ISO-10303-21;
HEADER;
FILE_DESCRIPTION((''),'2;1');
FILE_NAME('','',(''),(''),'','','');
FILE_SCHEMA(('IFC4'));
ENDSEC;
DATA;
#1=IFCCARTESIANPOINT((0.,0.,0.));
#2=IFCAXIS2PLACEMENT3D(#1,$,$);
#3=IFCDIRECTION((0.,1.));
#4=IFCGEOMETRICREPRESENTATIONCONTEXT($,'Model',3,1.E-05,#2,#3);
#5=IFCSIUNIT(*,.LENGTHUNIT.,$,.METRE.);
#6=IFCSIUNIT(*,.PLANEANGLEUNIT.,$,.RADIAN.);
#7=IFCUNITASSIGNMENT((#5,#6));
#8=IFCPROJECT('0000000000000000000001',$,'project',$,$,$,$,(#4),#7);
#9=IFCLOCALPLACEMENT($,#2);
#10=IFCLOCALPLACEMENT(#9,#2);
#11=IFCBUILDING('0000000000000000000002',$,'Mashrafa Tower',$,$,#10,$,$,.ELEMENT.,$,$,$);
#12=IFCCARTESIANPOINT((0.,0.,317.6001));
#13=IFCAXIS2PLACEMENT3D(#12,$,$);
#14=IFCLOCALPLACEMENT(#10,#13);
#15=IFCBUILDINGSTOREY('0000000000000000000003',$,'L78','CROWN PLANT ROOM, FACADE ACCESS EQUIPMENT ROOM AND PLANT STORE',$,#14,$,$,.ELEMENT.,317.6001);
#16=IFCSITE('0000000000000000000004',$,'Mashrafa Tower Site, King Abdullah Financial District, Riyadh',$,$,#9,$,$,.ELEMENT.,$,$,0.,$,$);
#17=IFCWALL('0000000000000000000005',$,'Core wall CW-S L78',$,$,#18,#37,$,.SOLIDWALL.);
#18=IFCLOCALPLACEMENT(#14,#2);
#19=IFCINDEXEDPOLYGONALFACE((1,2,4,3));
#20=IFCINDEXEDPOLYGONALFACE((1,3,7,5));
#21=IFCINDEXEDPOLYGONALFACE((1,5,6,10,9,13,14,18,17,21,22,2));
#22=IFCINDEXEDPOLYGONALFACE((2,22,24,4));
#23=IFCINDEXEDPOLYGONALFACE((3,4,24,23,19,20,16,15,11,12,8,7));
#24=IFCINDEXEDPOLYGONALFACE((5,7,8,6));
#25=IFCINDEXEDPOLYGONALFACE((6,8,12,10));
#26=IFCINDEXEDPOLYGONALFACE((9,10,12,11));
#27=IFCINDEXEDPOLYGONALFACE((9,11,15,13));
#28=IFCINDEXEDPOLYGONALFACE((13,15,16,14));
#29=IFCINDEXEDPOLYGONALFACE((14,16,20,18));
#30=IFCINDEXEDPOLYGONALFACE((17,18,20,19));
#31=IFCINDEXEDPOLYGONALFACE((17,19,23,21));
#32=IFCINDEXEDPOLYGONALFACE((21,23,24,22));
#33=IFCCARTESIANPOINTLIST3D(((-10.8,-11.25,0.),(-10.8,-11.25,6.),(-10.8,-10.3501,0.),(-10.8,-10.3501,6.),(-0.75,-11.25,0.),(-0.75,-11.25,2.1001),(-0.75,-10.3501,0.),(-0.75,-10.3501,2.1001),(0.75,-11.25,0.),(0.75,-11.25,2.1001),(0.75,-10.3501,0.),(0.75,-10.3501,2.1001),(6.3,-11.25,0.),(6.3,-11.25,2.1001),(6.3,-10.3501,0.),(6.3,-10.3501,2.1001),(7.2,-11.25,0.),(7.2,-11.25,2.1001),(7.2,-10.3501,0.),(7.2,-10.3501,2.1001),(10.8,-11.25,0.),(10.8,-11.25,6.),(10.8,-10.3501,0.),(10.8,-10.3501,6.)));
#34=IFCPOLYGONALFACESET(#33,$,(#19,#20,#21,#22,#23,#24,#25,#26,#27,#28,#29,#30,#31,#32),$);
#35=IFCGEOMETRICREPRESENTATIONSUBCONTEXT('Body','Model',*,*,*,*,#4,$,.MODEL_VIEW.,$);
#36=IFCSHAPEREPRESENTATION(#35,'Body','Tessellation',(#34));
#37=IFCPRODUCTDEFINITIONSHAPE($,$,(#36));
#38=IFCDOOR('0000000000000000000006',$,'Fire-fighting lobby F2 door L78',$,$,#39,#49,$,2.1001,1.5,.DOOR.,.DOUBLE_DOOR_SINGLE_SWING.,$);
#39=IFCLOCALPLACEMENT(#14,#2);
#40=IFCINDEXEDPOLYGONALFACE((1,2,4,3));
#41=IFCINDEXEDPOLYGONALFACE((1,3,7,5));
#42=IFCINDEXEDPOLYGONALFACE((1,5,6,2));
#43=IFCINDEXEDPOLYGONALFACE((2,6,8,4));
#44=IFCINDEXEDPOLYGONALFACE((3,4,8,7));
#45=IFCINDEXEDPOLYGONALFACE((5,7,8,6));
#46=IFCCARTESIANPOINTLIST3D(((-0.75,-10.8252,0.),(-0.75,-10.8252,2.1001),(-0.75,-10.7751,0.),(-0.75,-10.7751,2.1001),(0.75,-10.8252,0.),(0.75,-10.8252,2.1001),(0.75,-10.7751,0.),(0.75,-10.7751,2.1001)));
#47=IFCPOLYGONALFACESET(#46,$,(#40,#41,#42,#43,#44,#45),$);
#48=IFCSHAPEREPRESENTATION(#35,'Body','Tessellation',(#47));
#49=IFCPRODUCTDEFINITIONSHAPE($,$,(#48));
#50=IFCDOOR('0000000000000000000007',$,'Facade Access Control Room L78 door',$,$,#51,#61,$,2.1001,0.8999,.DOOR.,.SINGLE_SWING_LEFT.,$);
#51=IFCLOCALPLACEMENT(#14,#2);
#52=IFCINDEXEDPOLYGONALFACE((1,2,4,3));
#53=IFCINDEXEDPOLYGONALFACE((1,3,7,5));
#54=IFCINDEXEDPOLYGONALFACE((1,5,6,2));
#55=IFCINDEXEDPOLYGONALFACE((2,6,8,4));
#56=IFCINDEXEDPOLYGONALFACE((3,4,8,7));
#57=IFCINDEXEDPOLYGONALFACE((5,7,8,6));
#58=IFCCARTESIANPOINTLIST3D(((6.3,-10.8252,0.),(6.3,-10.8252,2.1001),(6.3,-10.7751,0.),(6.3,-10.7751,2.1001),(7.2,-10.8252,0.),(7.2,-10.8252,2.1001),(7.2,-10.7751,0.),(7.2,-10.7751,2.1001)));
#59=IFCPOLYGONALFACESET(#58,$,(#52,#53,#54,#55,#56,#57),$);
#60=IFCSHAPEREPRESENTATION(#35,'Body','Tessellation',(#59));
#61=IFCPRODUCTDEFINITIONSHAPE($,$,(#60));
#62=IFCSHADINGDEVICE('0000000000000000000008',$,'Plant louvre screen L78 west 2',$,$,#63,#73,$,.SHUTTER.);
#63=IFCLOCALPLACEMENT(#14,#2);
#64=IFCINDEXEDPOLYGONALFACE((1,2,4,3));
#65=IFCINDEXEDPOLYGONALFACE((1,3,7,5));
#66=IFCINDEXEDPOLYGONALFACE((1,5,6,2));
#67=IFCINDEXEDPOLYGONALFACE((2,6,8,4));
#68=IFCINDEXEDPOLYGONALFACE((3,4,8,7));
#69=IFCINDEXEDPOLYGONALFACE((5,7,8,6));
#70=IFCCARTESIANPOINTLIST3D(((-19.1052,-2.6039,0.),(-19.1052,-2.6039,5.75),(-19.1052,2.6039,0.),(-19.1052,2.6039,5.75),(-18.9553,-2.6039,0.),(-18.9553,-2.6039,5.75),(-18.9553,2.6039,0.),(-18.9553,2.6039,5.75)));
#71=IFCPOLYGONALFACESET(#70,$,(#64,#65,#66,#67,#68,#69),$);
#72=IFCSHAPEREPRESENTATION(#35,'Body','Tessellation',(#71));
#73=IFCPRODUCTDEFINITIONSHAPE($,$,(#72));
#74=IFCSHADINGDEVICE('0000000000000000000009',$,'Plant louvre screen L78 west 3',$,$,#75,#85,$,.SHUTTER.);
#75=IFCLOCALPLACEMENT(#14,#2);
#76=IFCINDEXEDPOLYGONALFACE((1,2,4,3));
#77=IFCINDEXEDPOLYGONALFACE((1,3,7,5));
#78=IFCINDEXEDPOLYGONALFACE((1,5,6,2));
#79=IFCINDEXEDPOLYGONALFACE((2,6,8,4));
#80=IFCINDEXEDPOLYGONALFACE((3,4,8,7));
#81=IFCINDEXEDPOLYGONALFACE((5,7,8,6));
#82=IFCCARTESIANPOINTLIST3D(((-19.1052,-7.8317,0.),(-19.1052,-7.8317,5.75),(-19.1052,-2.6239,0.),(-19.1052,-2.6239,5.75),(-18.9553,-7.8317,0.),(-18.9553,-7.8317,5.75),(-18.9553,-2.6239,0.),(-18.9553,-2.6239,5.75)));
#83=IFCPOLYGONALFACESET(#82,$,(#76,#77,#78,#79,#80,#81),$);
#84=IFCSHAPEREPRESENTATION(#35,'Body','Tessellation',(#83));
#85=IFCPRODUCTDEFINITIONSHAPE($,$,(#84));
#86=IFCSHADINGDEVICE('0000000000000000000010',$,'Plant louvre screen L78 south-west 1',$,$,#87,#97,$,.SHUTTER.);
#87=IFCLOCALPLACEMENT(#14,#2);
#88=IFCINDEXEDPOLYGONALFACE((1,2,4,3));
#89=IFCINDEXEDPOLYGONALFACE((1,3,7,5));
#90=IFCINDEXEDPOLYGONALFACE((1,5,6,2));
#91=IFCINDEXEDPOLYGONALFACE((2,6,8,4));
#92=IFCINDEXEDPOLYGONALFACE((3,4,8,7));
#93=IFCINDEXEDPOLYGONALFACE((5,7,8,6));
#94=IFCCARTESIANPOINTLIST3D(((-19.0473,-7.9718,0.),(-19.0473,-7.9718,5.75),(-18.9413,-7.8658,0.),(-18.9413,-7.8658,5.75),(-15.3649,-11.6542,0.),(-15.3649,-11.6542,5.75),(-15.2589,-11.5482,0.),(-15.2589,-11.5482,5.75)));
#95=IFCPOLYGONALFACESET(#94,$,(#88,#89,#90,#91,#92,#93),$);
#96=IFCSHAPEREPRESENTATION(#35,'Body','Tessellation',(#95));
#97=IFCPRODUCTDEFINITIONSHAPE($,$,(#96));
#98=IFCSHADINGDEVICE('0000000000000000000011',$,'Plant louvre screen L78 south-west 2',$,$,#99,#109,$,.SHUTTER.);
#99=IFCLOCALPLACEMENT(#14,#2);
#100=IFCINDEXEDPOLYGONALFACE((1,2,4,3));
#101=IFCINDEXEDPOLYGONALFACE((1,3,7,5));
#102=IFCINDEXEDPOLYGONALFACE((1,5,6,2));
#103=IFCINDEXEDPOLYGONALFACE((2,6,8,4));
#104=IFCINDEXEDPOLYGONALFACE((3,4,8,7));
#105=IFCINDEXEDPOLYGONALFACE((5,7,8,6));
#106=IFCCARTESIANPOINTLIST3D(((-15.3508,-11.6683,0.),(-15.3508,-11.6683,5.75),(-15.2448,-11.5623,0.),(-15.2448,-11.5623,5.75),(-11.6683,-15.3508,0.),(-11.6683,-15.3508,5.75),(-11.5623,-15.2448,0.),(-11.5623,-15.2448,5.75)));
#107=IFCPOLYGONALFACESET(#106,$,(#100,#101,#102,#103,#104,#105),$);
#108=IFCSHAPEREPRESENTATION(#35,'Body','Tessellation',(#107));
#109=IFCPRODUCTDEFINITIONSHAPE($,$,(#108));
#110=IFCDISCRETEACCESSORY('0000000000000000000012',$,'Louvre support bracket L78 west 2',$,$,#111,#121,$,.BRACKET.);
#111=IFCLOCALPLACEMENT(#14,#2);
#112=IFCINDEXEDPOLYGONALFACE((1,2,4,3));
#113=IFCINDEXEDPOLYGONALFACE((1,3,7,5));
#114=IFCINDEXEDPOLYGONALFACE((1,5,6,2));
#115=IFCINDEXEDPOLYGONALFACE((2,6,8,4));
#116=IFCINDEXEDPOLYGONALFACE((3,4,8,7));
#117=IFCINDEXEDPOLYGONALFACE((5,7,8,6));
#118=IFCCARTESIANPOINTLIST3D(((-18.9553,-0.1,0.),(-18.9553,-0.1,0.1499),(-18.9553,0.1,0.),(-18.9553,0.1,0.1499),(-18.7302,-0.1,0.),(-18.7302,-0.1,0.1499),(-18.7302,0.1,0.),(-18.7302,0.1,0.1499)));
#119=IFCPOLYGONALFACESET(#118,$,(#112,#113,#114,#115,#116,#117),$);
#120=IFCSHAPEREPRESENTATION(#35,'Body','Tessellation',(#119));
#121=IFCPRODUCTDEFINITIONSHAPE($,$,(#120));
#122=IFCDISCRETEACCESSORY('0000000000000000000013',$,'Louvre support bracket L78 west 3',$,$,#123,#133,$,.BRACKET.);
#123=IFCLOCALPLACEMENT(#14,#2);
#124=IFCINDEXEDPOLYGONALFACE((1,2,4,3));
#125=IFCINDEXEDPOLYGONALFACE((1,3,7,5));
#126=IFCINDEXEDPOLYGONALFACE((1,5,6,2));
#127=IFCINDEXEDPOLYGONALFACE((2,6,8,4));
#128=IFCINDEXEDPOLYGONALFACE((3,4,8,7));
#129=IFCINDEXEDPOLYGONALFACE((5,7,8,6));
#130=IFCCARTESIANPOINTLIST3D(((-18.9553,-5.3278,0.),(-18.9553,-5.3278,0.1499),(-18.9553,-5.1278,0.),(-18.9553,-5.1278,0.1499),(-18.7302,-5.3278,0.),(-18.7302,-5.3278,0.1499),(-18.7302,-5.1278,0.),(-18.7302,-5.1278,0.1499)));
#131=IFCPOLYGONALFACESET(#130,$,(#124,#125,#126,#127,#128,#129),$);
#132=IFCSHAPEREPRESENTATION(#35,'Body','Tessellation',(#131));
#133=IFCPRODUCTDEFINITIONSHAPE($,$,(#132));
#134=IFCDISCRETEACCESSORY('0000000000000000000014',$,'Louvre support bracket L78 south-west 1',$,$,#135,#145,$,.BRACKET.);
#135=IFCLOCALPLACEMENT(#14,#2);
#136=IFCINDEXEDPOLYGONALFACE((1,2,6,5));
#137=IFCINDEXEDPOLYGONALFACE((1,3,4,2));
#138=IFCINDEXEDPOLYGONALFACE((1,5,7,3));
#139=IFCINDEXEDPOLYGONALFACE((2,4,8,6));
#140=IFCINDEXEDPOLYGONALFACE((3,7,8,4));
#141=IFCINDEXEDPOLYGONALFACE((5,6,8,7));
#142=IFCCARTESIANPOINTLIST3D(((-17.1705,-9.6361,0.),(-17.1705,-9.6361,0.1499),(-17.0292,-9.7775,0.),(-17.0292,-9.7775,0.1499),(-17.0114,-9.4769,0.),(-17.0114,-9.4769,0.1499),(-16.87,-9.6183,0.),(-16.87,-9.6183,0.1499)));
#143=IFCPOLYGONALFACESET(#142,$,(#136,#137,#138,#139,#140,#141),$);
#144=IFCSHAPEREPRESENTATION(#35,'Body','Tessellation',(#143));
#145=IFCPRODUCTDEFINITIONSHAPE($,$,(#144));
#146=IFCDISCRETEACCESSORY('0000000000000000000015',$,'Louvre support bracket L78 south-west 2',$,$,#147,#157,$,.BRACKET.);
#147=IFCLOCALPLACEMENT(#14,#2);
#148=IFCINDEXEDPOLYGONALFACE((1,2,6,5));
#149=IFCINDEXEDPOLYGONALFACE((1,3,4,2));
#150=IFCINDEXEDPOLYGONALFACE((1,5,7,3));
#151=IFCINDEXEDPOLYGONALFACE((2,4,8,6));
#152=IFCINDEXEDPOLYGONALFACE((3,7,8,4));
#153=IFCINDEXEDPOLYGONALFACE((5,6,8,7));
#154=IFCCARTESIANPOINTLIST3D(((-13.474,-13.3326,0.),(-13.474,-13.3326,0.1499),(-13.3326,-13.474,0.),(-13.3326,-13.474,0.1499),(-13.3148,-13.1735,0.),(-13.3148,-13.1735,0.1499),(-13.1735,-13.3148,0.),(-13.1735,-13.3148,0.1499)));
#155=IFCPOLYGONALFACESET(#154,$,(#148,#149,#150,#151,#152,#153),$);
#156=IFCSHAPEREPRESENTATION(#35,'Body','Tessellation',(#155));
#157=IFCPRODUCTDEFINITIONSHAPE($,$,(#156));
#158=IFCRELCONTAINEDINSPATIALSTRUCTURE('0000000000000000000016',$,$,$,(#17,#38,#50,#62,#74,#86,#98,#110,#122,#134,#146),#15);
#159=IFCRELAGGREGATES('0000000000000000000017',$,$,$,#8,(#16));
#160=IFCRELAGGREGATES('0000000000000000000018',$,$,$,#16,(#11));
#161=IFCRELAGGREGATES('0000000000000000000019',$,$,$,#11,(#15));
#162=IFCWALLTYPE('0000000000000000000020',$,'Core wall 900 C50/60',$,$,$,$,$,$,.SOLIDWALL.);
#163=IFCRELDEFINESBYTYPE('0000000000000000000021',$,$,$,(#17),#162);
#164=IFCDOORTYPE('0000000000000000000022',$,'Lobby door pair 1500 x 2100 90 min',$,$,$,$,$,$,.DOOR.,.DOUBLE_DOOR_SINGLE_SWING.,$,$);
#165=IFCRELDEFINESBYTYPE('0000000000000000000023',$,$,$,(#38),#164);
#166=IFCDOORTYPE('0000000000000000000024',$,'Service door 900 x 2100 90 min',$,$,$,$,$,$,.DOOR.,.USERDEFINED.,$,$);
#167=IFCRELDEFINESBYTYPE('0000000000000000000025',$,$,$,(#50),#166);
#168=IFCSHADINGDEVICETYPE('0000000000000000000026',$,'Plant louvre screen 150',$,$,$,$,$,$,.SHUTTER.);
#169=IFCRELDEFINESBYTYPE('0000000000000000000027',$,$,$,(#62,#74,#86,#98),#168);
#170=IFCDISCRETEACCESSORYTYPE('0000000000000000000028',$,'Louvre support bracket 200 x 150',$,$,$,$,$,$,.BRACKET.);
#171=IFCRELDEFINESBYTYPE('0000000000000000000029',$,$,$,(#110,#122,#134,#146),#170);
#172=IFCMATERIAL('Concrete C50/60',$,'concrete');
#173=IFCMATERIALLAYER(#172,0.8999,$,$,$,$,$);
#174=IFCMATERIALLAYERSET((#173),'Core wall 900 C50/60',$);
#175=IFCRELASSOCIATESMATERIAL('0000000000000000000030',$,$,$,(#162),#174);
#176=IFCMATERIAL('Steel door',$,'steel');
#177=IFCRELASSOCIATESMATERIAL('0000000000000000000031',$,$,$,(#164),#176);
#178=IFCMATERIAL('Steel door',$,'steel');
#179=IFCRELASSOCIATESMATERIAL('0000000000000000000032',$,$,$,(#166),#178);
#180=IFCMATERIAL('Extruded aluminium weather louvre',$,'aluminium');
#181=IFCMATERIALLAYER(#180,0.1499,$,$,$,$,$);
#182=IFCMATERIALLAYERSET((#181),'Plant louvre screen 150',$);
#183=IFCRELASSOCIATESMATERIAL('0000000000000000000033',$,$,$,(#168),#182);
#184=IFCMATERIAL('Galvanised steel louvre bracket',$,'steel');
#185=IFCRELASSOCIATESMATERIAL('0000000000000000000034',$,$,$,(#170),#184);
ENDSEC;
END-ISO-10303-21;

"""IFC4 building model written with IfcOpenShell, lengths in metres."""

from ifc_helpers import new_model, si_unit, direction, frame, frame_2d, origin, origin_2d, place, context, subcontext, project, spatial, rectangle, extrude, source, transform, mapped, material, layer, layer_set, type_object, type_shapes, element, fill, save


model = new_model("IFC4")

# Units and contexts
model_context = context("Model", 3, precision=1e-05, world=origin(), true_north=direction((0.0, 1.0)))
body_context = subcontext(model_context, "Body", "Model", "MODEL_VIEW")
ifc_project = project(units=[si_unit("LENGTHUNIT", "METRE"), si_unit("PLANEANGLEUNIT", "RADIAN")], contexts=[model_context])

# Site, building, storey
site_placement = place(None, origin())
site = spatial("IfcSite", under=ifc_project, at=site_placement, Name="Mashrafa Tower Site, King Abdullah Financial District, Riyadh", CompositionType="ELEMENT", RefElevation=0.0)
building_placement = place(site_placement, origin())
building = spatial("IfcBuilding", under=site, at=building_placement, Name="Mashrafa Tower", CompositionType="ELEMENT")
storey_placement = place(building_placement, frame((0.0, 0.0, 317.6001)))
storey = spatial("IfcBuildingStorey", under=building, at=storey_placement, Name="L78", Description="CROWN PLANT ROOM, FACADE ACCESS EQUIPMENT ROOM AND PLANT STORE", CompositionType="ELEMENT", Elevation=317.6001)

# Wall, openings, doors
ifc_material_1 = material(Name="Concrete C50/60", Category="concrete")
ifc_layer_1 = layer(ifc_material_1, 0.8999)
ifc_layer_set_1 = layer_set([ifc_layer_1], Name="Core wall 900 C50/60")
wall_type_1 = type_object("IfcWallType", Name="Core wall 900 C50/60", PredefinedType="SOLIDWALL", material=ifc_layer_set_1)
wall_1_placement = place(storey_placement, frame((-10.8, -10.8, 0.0), z_axis=(0.0, 0.0, 1.0), x_axis=(1.0, 0.0, 0.0)))
wall_1 = element("IfcWall", 1, at=wall_1_placement, inside=storey, type_object=wall_type_1, Name="Core wall CW-S L78", PredefinedType="SOLIDWALL", context=body_context, shape_type="SweptSolid", body=[
    extrude(rectangle(XDim=21.6001, YDim=0.8999, at=frame_2d((10.8, 0.0))), origin(), (0.0, 0.0, 1.0), 6.0),
])
opening_1_placement = place(wall_1_placement, frame((10.05, 0.0, 0.0)))
opening_1 = element("IfcOpeningElement", 2, at=opening_1_placement, cuts=wall_1, PredefinedType="OPENING", context=body_context, shape_type="SweptSolid", body=[
    extrude(rectangle(XDim=1.5, YDim=2.1001, at=frame_2d((0.75, 1.05))), frame((0.0, 0.46, 0.0), z_axis=(0.0, -1.0, 0.0), x_axis=(1.0, 0.0, 0.0)), (0.0, 0.0, 1.0), 0.9199),
])
opening_2_placement = place(wall_1_placement, frame((17.1001, 0.0, 0.0)))
opening_2 = element("IfcOpeningElement", 3, at=opening_2_placement, cuts=wall_1, PredefinedType="OPENING", context=body_context, shape_type="SweptSolid", body=[
    extrude(rectangle(XDim=0.8999, YDim=2.1001, at=frame_2d((0.45, 1.05))), frame((0.0, 0.46, 0.0), z_axis=(0.0, -1.0, 0.0), x_axis=(1.0, 0.0, 0.0)), (0.0, 0.0, 1.0), 0.9199),
])
ifc_material_2 = material(Name="Steel door", Category="steel")
door_type_1 = type_object("IfcDoorType", Name="Lobby door pair 1500 x 2100 90 min", OperationType="DOUBLE_DOOR_SINGLE_SWING", PredefinedType="DOOR", material=ifc_material_2)
door_1_placement = place(opening_1_placement, origin())
door_1 = element("IfcDoor", 4, at=door_1_placement, inside=storey, type_object=door_type_1, Name="Fire-fighting lobby F2 door L78", OperationType="DOUBLE_DOOR_SINGLE_SWING", OverallHeight=2.1001, OverallWidth=1.5, PredefinedType="DOOR", context=body_context, shape_type="SweptSolid", body=[
    extrude(rectangle(XDim=1.5, YDim=2.1001, at=frame_2d((0.75, 1.05))), frame((0.0, 0.0249, 0.0), z_axis=(0.0, -1.0, 0.0), x_axis=(1.0, 0.0, 0.0)), (0.0, 0.0, 1.0), 0.05),
])
fill(opening_1, door_1)
ifc_material_3 = material(Name="Steel door", Category="steel")
door_type_2 = type_object("IfcDoorType", Name="Service door 900 x 2100 90 min", OperationType="USERDEFINED", PredefinedType="DOOR", material=ifc_material_3)
door_2_placement = place(opening_2_placement, origin())
door_2 = element("IfcDoor", 5, at=door_2_placement, inside=storey, type_object=door_type_2, Name="Facade Access Control Room L78 door", OperationType="SINGLE_SWING_LEFT", OverallHeight=2.1001, OverallWidth=0.8999, PredefinedType="DOOR", context=body_context, shape_type="SweptSolid", body=[
    extrude(rectangle(XDim=0.8999, YDim=2.1001, at=frame_2d((0.45, 1.05))), frame((0.0, 0.0249, 0.0), z_axis=(0.0, -1.0, 0.0), x_axis=(1.0, 0.0, 0.0)), (0.0, 0.0, 1.0), 0.05),
])
fill(opening_2, door_2)

# Shading devices
ifc_material_4 = material(Name="Extruded aluminium weather louvre", Category="aluminium")
ifc_layer_2 = layer(ifc_material_4, 0.1499)
ifc_layer_set_2 = layer_set([ifc_layer_2], Name="Plant louvre screen 150")
shading_device_type = type_object("IfcShadingDeviceType", Name="Plant louvre screen 150", PredefinedType="SHUTTER", material=ifc_layer_set_2)
shared_shape_1 = source(origin(), body_context, "Body", "SweptSolid", [
    extrude(rectangle(XDim=5.2078, YDim=0.1499, at=origin_2d()), origin(), (0.0, 0.0, 1.0), 5.75),
])
type_shapes(shading_device_type, [shared_shape_1])
for number, where, z_axis, x_axis, name in (
    (6, (-19.0303, 0.0, 0.0), (0.0, 0.0, 1.0), (0.0, -1.0, 0.0), "Plant louvre screen L78 west 2"),
    (7, (-19.0303, -5.2278, 0.0), (0.0, 0.0, 1.0), (0.0, -1.0, 0.0), "Plant louvre screen L78 west 3"),
    (8, (-17.1531, -9.76, 0.0), (0.0, 0.0, 1.0), (0.707107, -0.707107, 0.0), "Plant louvre screen L78 south-west 1"),
    (9, (-13.4565, -13.4565, 0.0), (0.0, 0.0, 1.0), (0.707107, -0.707107, 0.0), "Plant louvre screen L78 south-west 2"),
):
    element("IfcShadingDevice", number, at=place(storey_placement, frame(where, z_axis=z_axis, x_axis=x_axis)), inside=storey, type_object=shading_device_type, Name=name, PredefinedType="SHUTTER", context=body_context, shape_type="MappedRepresentation", body=[
        mapped(shared_shape_1, transform((0.0, 0.0, 0.0))),
    ])

# Discrete accessories
ifc_material_5 = material(Name="Galvanised steel louvre bracket", Category="steel")
discrete_accessory_type = type_object("IfcDiscreteAccessoryType", Name="Louvre support bracket 200 x 150", PredefinedType="BRACKET", material=ifc_material_5)
shared_shape_2 = source(origin(), body_context, "Body", "SweptSolid", [
    extrude(rectangle(XDim=0.2, YDim=0.2251, at=origin_2d()), origin(), (0.0, 0.0, 1.0), 0.1499),
])
type_shapes(discrete_accessory_type, [shared_shape_2])
for number, where, z_axis, x_axis, name in (
    (10, (-18.8428, 0.0, 0.0), (0.0, 0.0, 1.0), (0.0, -1.0, 0.0), "Louvre support bracket L78 west 2"),
    (11, (-18.8428, -5.2278, 0.0), (0.0, 0.0, 1.0), (0.0, -1.0, 0.0), "Louvre support bracket L78 west 3"),
    (12, (-17.0203, -9.6272, 0.0), (0.0, 0.0, 1.0), (0.707107, -0.707107, 0.0), "Louvre support bracket L78 south-west 1"),
    (13, (-13.3237, -13.3237, 0.0), (0.0, 0.0, 1.0), (0.707107, -0.707107, 0.0), "Louvre support bracket L78 south-west 2"),
):
    element("IfcDiscreteAccessory", number, at=place(storey_placement, frame(where, z_axis=z_axis, x_axis=x_axis)), inside=storey, type_object=discrete_accessory_type, Name=name, PredefinedType="BRACKET", context=body_context, shape_type="MappedRepresentation", body=[
        mapped(shared_shape_2, transform((0.0, 0.0, 0.0))),
    ])

save(model, "model.ifc")
